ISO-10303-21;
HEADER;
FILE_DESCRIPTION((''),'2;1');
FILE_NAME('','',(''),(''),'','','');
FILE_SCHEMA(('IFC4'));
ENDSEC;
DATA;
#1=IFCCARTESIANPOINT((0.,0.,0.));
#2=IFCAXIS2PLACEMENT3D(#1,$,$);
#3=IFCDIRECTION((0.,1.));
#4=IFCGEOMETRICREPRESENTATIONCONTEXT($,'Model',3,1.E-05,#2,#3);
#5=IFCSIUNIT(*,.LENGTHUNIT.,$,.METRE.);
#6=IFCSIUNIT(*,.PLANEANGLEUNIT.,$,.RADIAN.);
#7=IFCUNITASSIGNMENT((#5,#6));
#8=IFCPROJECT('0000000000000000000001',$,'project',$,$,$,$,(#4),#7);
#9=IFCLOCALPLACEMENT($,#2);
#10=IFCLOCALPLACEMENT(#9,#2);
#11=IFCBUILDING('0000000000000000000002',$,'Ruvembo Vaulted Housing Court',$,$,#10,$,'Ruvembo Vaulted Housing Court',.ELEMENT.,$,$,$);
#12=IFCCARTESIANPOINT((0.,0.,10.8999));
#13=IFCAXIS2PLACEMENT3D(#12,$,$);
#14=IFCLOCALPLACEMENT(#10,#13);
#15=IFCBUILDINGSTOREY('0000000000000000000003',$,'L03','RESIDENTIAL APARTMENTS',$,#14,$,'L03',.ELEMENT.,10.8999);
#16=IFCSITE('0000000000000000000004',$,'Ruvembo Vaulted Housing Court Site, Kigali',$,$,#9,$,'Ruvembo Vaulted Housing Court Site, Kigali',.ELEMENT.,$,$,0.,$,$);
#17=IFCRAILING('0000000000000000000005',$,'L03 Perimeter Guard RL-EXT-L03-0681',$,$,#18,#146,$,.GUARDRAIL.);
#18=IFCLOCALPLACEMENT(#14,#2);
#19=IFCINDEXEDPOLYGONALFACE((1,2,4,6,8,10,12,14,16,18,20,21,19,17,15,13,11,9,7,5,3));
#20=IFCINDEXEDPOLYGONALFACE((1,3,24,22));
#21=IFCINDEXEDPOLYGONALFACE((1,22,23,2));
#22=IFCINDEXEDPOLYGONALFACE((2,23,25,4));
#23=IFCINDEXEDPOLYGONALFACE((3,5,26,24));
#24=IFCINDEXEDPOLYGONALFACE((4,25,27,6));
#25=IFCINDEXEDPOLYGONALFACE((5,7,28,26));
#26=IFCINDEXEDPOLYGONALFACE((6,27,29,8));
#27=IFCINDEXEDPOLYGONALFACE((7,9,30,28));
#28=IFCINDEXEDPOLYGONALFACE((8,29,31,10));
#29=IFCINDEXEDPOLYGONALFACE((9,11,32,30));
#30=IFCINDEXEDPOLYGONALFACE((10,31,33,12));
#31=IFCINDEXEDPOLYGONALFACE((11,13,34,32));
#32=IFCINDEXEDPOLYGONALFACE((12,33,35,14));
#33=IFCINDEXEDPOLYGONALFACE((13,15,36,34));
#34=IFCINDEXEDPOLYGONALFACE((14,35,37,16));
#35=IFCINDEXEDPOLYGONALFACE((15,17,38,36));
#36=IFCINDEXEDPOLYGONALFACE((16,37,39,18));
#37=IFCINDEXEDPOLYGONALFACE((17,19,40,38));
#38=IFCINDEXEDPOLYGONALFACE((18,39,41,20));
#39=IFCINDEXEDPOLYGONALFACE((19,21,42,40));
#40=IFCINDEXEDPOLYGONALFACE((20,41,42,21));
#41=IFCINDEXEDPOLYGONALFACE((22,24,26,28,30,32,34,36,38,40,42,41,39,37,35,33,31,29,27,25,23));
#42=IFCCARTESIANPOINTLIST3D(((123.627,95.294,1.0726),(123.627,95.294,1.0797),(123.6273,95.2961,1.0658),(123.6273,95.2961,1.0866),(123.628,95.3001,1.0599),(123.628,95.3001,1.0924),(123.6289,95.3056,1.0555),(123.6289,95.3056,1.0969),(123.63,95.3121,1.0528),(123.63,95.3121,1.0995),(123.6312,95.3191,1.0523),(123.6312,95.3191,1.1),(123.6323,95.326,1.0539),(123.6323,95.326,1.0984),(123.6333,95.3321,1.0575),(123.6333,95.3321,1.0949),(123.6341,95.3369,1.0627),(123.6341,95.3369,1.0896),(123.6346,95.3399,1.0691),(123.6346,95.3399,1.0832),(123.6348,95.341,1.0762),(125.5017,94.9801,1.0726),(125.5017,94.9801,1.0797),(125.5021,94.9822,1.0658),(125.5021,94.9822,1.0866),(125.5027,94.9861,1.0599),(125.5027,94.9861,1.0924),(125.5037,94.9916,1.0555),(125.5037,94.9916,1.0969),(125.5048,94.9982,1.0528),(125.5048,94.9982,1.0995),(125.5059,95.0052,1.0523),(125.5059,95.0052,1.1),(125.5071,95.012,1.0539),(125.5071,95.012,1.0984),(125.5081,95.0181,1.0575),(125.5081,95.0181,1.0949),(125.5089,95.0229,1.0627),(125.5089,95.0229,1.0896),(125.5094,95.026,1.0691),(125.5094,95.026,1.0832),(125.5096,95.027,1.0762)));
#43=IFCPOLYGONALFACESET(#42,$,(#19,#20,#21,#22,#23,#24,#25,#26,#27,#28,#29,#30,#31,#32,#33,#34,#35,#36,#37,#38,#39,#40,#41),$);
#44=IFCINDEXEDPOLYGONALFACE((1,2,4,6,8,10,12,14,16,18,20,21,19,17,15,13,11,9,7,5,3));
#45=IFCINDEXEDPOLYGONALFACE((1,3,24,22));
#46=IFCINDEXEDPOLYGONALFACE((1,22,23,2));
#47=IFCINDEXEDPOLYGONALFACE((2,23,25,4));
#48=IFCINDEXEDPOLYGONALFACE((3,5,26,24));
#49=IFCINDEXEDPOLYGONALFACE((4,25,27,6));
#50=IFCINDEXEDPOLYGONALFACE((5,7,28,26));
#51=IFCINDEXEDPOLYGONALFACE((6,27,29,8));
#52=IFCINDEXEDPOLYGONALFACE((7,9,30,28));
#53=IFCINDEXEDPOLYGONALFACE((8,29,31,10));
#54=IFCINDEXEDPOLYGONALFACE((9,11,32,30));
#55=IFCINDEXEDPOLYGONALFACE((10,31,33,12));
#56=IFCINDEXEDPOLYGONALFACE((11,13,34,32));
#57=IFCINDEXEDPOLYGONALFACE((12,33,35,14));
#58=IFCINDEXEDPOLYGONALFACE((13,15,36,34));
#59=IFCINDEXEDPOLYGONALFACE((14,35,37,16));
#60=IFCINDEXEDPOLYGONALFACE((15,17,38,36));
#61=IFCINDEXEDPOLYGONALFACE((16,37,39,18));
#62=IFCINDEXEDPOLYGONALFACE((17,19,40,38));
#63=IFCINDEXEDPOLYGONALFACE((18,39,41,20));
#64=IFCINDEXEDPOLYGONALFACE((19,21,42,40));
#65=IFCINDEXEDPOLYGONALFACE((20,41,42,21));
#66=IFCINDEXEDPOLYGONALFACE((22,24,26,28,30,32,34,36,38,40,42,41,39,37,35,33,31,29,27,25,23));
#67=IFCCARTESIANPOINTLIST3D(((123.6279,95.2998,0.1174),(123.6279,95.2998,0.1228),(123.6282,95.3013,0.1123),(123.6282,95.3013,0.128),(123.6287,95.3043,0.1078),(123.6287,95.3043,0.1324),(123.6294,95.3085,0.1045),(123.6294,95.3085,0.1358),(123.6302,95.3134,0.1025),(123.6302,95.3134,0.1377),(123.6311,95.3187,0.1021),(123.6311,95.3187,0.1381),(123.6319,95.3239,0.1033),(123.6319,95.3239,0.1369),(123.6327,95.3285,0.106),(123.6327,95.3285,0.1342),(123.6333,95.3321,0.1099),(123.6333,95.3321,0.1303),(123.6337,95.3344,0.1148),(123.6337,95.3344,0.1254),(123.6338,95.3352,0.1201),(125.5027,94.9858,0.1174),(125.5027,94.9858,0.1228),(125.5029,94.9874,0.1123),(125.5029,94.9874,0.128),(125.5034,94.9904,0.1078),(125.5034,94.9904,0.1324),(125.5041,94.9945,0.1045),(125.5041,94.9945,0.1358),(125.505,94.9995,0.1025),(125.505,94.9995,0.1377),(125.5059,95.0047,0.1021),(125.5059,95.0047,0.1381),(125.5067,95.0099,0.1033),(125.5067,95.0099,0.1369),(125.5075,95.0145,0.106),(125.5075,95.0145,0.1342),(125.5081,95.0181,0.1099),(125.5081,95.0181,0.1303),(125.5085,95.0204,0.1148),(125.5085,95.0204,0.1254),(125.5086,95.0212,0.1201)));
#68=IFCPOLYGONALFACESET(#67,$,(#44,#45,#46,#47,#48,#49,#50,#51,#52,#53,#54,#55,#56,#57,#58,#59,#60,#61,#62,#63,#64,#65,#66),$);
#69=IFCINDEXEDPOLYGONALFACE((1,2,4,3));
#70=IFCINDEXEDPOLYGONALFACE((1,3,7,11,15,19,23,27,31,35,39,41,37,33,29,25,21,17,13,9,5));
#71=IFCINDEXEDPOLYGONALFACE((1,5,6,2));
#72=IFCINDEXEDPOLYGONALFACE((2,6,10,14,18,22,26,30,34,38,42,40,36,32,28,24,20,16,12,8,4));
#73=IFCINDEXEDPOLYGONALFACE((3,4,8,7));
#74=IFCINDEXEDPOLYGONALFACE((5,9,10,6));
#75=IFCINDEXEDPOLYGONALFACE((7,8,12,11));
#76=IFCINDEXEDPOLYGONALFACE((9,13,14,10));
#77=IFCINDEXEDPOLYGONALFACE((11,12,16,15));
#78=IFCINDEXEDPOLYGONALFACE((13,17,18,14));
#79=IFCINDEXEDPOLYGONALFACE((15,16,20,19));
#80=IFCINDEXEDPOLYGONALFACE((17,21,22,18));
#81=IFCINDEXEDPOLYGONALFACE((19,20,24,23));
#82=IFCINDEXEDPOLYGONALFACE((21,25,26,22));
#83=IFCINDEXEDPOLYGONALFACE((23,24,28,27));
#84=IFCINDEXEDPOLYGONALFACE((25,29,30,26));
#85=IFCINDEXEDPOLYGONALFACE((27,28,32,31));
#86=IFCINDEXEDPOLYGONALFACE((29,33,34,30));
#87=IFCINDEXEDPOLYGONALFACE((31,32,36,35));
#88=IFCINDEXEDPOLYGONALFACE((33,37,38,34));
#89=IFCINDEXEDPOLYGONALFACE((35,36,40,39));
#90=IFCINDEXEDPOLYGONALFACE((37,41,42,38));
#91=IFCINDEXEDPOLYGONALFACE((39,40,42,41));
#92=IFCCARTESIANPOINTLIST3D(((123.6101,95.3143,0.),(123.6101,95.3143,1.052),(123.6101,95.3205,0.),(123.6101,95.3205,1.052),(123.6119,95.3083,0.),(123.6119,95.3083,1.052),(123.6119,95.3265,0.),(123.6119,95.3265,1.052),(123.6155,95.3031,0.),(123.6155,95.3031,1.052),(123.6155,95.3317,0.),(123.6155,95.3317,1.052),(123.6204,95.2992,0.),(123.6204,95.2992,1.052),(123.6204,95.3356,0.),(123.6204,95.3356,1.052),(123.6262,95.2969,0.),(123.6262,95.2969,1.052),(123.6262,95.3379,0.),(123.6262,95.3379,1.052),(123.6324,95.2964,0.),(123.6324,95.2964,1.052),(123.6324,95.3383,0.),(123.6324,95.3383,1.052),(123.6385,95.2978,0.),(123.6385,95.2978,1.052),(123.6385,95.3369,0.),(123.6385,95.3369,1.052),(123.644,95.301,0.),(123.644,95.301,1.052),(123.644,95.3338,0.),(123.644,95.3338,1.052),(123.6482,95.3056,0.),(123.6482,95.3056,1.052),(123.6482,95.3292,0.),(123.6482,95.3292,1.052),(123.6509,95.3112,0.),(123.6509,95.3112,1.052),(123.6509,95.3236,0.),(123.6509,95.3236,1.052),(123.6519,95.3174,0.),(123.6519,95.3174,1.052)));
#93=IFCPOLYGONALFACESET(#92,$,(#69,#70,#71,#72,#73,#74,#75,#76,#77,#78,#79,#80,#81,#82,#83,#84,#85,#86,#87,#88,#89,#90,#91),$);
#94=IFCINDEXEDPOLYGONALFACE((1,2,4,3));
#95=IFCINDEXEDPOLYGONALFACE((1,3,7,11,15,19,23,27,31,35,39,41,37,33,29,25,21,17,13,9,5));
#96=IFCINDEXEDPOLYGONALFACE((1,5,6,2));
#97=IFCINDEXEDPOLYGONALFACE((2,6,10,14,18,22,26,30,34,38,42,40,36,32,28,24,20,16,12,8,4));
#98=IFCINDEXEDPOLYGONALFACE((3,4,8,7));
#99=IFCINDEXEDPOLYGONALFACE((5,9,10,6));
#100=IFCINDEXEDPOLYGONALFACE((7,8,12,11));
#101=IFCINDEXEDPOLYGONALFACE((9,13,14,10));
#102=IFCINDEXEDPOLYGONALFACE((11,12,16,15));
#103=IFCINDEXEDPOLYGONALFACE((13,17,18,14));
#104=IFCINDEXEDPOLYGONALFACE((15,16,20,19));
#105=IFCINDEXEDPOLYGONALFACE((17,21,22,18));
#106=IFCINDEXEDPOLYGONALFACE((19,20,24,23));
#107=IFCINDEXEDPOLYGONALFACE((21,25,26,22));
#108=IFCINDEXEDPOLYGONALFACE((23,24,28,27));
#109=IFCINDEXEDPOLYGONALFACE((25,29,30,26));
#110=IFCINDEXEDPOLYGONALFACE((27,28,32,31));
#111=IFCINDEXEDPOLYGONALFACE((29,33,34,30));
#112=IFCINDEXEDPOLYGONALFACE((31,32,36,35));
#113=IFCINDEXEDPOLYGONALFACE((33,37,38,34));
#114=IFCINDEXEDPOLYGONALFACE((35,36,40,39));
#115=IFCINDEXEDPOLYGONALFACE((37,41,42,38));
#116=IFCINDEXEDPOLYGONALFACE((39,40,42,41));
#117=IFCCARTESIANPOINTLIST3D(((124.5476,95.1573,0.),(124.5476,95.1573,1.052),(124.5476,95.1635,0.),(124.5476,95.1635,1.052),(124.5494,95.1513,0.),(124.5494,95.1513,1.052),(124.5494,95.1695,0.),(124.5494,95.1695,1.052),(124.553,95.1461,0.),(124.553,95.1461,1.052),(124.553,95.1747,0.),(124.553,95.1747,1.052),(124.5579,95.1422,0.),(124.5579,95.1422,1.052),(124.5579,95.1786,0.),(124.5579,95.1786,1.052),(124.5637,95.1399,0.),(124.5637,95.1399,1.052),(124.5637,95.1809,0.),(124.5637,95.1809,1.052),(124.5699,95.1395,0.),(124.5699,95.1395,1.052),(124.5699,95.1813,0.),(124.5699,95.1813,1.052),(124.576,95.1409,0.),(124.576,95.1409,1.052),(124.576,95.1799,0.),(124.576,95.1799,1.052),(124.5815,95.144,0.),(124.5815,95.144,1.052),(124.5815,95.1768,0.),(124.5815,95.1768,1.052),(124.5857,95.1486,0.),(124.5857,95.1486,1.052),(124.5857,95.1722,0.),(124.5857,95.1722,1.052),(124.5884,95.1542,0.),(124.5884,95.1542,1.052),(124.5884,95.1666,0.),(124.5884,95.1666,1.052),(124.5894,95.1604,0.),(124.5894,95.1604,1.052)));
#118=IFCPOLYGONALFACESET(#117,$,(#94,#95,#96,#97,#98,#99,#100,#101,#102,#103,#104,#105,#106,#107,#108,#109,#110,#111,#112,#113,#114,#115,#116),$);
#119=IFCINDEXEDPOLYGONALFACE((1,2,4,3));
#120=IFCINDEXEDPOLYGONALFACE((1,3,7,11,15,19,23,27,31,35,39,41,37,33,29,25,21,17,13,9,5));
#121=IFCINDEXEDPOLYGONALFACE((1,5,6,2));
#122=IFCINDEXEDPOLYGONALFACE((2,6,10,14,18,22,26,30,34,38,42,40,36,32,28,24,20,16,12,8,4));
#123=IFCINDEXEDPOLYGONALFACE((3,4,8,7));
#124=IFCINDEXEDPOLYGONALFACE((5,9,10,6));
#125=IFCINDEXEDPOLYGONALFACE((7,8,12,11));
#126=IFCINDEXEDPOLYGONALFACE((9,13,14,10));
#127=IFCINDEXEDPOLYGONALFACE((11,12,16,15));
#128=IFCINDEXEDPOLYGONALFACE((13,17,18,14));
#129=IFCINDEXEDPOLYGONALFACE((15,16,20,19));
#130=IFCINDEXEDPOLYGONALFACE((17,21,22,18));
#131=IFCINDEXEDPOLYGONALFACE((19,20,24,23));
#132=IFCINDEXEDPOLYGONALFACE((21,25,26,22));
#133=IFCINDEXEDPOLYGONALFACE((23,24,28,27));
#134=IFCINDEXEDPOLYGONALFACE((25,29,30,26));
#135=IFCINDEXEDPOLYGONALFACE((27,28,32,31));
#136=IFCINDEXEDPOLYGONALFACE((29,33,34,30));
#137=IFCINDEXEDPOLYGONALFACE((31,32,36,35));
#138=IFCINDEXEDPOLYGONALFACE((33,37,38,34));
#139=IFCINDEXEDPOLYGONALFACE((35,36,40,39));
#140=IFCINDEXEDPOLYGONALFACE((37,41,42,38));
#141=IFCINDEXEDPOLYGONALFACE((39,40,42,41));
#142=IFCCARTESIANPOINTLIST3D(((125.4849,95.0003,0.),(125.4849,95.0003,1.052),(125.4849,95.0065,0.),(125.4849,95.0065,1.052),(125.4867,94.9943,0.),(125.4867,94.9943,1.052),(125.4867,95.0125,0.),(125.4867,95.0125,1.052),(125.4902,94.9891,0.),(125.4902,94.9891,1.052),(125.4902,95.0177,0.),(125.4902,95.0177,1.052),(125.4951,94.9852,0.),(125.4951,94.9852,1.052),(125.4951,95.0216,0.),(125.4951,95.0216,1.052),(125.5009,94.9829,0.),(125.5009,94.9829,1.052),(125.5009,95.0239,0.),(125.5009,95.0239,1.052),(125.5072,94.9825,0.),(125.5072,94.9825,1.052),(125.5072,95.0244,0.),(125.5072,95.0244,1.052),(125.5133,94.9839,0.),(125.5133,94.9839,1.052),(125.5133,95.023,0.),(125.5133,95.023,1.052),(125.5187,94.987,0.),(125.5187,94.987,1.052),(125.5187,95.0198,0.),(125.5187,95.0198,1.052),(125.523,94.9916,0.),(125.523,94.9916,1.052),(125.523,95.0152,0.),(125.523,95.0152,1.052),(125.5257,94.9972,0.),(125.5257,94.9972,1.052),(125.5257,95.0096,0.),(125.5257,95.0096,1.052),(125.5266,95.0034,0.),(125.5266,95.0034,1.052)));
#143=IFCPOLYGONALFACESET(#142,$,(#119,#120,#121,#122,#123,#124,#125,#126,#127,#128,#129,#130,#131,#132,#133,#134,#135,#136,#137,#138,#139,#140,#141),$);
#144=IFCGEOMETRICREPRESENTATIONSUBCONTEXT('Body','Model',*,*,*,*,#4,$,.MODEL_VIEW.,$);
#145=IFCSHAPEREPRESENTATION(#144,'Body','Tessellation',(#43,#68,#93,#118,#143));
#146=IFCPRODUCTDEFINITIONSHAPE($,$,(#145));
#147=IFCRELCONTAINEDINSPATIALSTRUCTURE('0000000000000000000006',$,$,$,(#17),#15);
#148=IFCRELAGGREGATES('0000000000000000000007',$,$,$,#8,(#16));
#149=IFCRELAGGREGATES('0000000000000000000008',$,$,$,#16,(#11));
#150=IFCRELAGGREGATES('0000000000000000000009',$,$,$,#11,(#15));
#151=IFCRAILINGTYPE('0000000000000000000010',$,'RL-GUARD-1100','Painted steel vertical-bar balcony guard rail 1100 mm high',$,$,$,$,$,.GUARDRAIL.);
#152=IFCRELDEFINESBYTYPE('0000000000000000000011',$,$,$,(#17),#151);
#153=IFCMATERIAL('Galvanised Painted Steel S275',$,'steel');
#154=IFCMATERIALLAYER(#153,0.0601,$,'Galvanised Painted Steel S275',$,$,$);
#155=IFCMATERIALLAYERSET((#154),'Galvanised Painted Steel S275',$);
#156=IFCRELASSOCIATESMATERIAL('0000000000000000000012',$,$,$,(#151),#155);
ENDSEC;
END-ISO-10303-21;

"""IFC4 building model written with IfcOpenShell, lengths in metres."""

from ifc_helpers import new_model, si_unit, direction, frame, origin, origin_2d, place, context, subcontext, project, spatial, circle, extrude, material, layer, layer_set, type_object, element, save


model = new_model("IFC4")

# Units and contexts
model_context = context("Model", 3, precision=1e-05, world=origin(), true_north=direction((0.0, 1.0)))
body_context = subcontext(model_context, "Body", "Model", "MODEL_VIEW")
ifc_project = project(units=[si_unit("LENGTHUNIT", "METRE"), si_unit("PLANEANGLEUNIT", "RADIAN")], contexts=[model_context])

# Site, building, storey
site_placement = place(None, origin())
site = spatial("IfcSite", under=ifc_project, at=site_placement, Name="Ruvembo Vaulted Housing Court Site, Kigali", LongName="Ruvembo Vaulted Housing Court Site, Kigali", CompositionType="ELEMENT", RefElevation=0.0)
building_placement = place(site_placement, origin())
building = spatial("IfcBuilding", under=site, at=building_placement, Name="Ruvembo Vaulted Housing Court", LongName="Ruvembo Vaulted Housing Court", CompositionType="ELEMENT")
storey_placement = place(building_placement, frame((0.0, 0.0, 10.8999)))
storey = spatial("IfcBuildingStorey", under=building, at=storey_placement, Name="L03", Description="RESIDENTIAL APARTMENTS", LongName="L03", CompositionType="ELEMENT", Elevation=10.8999)

# Railing
ifc_material_1 = material(Name="Galvanised Painted Steel S275", Category="steel")
ifc_layer = layer(ifc_material_1, 0.0601, Name="Galvanised Painted Steel S275")
ifc_layer_set = layer_set([ifc_layer], Name="Galvanised Painted Steel S275")
railing_type = type_object("IfcRailingType", Name="RL-GUARD-1100", Description="Painted steel vertical-bar balcony guard rail 1100 mm high", PredefinedType="GUARDRAIL", material=ifc_layer_set)
railing_1_placement = place(storey_placement, frame((123.6309, 95.3174, 0.0)))
element("IfcRailing", 1, at=railing_1_placement, inside=storey, type_object=railing_type, Name="L03 Perimeter Guard RL-EXT-L03-0681", PredefinedType="GUARDRAIL", context=body_context, shape_type="SweptSolid", body=[
    extrude(circle(Radius=0.0239, at=origin_2d()), frame((0.0, 0.0, 1.0762), z_axis=(0.986265, -0.16517, 0.0), x_axis=(0.16517, 0.986265, 0.0)), (0.0, 0.0, 1.0), 1.9009),
    extrude(circle(Radius=0.0181, at=origin_2d()), frame((0.0, 0.0, 0.1201), z_axis=(0.986265, -0.16517, 0.0), x_axis=(0.16517, 0.986265, 0.0)), (0.0, 0.0, 1.0), 1.9009),
    extrude(circle(Radius=0.021, at=origin_2d()), origin(), (0.0, 0.0, 1.0), 1.052),
    extrude(circle(Radius=0.021, at=origin_2d()), frame((0.9375, -0.157, 0.0)), (0.0, 0.0, 1.0), 1.052),
    extrude(circle(Radius=0.021, at=origin_2d()), frame((1.8748, -0.314, 0.0)), (0.0, 0.0, 1.0), 1.052),
])

save(model, "model.ifc")
